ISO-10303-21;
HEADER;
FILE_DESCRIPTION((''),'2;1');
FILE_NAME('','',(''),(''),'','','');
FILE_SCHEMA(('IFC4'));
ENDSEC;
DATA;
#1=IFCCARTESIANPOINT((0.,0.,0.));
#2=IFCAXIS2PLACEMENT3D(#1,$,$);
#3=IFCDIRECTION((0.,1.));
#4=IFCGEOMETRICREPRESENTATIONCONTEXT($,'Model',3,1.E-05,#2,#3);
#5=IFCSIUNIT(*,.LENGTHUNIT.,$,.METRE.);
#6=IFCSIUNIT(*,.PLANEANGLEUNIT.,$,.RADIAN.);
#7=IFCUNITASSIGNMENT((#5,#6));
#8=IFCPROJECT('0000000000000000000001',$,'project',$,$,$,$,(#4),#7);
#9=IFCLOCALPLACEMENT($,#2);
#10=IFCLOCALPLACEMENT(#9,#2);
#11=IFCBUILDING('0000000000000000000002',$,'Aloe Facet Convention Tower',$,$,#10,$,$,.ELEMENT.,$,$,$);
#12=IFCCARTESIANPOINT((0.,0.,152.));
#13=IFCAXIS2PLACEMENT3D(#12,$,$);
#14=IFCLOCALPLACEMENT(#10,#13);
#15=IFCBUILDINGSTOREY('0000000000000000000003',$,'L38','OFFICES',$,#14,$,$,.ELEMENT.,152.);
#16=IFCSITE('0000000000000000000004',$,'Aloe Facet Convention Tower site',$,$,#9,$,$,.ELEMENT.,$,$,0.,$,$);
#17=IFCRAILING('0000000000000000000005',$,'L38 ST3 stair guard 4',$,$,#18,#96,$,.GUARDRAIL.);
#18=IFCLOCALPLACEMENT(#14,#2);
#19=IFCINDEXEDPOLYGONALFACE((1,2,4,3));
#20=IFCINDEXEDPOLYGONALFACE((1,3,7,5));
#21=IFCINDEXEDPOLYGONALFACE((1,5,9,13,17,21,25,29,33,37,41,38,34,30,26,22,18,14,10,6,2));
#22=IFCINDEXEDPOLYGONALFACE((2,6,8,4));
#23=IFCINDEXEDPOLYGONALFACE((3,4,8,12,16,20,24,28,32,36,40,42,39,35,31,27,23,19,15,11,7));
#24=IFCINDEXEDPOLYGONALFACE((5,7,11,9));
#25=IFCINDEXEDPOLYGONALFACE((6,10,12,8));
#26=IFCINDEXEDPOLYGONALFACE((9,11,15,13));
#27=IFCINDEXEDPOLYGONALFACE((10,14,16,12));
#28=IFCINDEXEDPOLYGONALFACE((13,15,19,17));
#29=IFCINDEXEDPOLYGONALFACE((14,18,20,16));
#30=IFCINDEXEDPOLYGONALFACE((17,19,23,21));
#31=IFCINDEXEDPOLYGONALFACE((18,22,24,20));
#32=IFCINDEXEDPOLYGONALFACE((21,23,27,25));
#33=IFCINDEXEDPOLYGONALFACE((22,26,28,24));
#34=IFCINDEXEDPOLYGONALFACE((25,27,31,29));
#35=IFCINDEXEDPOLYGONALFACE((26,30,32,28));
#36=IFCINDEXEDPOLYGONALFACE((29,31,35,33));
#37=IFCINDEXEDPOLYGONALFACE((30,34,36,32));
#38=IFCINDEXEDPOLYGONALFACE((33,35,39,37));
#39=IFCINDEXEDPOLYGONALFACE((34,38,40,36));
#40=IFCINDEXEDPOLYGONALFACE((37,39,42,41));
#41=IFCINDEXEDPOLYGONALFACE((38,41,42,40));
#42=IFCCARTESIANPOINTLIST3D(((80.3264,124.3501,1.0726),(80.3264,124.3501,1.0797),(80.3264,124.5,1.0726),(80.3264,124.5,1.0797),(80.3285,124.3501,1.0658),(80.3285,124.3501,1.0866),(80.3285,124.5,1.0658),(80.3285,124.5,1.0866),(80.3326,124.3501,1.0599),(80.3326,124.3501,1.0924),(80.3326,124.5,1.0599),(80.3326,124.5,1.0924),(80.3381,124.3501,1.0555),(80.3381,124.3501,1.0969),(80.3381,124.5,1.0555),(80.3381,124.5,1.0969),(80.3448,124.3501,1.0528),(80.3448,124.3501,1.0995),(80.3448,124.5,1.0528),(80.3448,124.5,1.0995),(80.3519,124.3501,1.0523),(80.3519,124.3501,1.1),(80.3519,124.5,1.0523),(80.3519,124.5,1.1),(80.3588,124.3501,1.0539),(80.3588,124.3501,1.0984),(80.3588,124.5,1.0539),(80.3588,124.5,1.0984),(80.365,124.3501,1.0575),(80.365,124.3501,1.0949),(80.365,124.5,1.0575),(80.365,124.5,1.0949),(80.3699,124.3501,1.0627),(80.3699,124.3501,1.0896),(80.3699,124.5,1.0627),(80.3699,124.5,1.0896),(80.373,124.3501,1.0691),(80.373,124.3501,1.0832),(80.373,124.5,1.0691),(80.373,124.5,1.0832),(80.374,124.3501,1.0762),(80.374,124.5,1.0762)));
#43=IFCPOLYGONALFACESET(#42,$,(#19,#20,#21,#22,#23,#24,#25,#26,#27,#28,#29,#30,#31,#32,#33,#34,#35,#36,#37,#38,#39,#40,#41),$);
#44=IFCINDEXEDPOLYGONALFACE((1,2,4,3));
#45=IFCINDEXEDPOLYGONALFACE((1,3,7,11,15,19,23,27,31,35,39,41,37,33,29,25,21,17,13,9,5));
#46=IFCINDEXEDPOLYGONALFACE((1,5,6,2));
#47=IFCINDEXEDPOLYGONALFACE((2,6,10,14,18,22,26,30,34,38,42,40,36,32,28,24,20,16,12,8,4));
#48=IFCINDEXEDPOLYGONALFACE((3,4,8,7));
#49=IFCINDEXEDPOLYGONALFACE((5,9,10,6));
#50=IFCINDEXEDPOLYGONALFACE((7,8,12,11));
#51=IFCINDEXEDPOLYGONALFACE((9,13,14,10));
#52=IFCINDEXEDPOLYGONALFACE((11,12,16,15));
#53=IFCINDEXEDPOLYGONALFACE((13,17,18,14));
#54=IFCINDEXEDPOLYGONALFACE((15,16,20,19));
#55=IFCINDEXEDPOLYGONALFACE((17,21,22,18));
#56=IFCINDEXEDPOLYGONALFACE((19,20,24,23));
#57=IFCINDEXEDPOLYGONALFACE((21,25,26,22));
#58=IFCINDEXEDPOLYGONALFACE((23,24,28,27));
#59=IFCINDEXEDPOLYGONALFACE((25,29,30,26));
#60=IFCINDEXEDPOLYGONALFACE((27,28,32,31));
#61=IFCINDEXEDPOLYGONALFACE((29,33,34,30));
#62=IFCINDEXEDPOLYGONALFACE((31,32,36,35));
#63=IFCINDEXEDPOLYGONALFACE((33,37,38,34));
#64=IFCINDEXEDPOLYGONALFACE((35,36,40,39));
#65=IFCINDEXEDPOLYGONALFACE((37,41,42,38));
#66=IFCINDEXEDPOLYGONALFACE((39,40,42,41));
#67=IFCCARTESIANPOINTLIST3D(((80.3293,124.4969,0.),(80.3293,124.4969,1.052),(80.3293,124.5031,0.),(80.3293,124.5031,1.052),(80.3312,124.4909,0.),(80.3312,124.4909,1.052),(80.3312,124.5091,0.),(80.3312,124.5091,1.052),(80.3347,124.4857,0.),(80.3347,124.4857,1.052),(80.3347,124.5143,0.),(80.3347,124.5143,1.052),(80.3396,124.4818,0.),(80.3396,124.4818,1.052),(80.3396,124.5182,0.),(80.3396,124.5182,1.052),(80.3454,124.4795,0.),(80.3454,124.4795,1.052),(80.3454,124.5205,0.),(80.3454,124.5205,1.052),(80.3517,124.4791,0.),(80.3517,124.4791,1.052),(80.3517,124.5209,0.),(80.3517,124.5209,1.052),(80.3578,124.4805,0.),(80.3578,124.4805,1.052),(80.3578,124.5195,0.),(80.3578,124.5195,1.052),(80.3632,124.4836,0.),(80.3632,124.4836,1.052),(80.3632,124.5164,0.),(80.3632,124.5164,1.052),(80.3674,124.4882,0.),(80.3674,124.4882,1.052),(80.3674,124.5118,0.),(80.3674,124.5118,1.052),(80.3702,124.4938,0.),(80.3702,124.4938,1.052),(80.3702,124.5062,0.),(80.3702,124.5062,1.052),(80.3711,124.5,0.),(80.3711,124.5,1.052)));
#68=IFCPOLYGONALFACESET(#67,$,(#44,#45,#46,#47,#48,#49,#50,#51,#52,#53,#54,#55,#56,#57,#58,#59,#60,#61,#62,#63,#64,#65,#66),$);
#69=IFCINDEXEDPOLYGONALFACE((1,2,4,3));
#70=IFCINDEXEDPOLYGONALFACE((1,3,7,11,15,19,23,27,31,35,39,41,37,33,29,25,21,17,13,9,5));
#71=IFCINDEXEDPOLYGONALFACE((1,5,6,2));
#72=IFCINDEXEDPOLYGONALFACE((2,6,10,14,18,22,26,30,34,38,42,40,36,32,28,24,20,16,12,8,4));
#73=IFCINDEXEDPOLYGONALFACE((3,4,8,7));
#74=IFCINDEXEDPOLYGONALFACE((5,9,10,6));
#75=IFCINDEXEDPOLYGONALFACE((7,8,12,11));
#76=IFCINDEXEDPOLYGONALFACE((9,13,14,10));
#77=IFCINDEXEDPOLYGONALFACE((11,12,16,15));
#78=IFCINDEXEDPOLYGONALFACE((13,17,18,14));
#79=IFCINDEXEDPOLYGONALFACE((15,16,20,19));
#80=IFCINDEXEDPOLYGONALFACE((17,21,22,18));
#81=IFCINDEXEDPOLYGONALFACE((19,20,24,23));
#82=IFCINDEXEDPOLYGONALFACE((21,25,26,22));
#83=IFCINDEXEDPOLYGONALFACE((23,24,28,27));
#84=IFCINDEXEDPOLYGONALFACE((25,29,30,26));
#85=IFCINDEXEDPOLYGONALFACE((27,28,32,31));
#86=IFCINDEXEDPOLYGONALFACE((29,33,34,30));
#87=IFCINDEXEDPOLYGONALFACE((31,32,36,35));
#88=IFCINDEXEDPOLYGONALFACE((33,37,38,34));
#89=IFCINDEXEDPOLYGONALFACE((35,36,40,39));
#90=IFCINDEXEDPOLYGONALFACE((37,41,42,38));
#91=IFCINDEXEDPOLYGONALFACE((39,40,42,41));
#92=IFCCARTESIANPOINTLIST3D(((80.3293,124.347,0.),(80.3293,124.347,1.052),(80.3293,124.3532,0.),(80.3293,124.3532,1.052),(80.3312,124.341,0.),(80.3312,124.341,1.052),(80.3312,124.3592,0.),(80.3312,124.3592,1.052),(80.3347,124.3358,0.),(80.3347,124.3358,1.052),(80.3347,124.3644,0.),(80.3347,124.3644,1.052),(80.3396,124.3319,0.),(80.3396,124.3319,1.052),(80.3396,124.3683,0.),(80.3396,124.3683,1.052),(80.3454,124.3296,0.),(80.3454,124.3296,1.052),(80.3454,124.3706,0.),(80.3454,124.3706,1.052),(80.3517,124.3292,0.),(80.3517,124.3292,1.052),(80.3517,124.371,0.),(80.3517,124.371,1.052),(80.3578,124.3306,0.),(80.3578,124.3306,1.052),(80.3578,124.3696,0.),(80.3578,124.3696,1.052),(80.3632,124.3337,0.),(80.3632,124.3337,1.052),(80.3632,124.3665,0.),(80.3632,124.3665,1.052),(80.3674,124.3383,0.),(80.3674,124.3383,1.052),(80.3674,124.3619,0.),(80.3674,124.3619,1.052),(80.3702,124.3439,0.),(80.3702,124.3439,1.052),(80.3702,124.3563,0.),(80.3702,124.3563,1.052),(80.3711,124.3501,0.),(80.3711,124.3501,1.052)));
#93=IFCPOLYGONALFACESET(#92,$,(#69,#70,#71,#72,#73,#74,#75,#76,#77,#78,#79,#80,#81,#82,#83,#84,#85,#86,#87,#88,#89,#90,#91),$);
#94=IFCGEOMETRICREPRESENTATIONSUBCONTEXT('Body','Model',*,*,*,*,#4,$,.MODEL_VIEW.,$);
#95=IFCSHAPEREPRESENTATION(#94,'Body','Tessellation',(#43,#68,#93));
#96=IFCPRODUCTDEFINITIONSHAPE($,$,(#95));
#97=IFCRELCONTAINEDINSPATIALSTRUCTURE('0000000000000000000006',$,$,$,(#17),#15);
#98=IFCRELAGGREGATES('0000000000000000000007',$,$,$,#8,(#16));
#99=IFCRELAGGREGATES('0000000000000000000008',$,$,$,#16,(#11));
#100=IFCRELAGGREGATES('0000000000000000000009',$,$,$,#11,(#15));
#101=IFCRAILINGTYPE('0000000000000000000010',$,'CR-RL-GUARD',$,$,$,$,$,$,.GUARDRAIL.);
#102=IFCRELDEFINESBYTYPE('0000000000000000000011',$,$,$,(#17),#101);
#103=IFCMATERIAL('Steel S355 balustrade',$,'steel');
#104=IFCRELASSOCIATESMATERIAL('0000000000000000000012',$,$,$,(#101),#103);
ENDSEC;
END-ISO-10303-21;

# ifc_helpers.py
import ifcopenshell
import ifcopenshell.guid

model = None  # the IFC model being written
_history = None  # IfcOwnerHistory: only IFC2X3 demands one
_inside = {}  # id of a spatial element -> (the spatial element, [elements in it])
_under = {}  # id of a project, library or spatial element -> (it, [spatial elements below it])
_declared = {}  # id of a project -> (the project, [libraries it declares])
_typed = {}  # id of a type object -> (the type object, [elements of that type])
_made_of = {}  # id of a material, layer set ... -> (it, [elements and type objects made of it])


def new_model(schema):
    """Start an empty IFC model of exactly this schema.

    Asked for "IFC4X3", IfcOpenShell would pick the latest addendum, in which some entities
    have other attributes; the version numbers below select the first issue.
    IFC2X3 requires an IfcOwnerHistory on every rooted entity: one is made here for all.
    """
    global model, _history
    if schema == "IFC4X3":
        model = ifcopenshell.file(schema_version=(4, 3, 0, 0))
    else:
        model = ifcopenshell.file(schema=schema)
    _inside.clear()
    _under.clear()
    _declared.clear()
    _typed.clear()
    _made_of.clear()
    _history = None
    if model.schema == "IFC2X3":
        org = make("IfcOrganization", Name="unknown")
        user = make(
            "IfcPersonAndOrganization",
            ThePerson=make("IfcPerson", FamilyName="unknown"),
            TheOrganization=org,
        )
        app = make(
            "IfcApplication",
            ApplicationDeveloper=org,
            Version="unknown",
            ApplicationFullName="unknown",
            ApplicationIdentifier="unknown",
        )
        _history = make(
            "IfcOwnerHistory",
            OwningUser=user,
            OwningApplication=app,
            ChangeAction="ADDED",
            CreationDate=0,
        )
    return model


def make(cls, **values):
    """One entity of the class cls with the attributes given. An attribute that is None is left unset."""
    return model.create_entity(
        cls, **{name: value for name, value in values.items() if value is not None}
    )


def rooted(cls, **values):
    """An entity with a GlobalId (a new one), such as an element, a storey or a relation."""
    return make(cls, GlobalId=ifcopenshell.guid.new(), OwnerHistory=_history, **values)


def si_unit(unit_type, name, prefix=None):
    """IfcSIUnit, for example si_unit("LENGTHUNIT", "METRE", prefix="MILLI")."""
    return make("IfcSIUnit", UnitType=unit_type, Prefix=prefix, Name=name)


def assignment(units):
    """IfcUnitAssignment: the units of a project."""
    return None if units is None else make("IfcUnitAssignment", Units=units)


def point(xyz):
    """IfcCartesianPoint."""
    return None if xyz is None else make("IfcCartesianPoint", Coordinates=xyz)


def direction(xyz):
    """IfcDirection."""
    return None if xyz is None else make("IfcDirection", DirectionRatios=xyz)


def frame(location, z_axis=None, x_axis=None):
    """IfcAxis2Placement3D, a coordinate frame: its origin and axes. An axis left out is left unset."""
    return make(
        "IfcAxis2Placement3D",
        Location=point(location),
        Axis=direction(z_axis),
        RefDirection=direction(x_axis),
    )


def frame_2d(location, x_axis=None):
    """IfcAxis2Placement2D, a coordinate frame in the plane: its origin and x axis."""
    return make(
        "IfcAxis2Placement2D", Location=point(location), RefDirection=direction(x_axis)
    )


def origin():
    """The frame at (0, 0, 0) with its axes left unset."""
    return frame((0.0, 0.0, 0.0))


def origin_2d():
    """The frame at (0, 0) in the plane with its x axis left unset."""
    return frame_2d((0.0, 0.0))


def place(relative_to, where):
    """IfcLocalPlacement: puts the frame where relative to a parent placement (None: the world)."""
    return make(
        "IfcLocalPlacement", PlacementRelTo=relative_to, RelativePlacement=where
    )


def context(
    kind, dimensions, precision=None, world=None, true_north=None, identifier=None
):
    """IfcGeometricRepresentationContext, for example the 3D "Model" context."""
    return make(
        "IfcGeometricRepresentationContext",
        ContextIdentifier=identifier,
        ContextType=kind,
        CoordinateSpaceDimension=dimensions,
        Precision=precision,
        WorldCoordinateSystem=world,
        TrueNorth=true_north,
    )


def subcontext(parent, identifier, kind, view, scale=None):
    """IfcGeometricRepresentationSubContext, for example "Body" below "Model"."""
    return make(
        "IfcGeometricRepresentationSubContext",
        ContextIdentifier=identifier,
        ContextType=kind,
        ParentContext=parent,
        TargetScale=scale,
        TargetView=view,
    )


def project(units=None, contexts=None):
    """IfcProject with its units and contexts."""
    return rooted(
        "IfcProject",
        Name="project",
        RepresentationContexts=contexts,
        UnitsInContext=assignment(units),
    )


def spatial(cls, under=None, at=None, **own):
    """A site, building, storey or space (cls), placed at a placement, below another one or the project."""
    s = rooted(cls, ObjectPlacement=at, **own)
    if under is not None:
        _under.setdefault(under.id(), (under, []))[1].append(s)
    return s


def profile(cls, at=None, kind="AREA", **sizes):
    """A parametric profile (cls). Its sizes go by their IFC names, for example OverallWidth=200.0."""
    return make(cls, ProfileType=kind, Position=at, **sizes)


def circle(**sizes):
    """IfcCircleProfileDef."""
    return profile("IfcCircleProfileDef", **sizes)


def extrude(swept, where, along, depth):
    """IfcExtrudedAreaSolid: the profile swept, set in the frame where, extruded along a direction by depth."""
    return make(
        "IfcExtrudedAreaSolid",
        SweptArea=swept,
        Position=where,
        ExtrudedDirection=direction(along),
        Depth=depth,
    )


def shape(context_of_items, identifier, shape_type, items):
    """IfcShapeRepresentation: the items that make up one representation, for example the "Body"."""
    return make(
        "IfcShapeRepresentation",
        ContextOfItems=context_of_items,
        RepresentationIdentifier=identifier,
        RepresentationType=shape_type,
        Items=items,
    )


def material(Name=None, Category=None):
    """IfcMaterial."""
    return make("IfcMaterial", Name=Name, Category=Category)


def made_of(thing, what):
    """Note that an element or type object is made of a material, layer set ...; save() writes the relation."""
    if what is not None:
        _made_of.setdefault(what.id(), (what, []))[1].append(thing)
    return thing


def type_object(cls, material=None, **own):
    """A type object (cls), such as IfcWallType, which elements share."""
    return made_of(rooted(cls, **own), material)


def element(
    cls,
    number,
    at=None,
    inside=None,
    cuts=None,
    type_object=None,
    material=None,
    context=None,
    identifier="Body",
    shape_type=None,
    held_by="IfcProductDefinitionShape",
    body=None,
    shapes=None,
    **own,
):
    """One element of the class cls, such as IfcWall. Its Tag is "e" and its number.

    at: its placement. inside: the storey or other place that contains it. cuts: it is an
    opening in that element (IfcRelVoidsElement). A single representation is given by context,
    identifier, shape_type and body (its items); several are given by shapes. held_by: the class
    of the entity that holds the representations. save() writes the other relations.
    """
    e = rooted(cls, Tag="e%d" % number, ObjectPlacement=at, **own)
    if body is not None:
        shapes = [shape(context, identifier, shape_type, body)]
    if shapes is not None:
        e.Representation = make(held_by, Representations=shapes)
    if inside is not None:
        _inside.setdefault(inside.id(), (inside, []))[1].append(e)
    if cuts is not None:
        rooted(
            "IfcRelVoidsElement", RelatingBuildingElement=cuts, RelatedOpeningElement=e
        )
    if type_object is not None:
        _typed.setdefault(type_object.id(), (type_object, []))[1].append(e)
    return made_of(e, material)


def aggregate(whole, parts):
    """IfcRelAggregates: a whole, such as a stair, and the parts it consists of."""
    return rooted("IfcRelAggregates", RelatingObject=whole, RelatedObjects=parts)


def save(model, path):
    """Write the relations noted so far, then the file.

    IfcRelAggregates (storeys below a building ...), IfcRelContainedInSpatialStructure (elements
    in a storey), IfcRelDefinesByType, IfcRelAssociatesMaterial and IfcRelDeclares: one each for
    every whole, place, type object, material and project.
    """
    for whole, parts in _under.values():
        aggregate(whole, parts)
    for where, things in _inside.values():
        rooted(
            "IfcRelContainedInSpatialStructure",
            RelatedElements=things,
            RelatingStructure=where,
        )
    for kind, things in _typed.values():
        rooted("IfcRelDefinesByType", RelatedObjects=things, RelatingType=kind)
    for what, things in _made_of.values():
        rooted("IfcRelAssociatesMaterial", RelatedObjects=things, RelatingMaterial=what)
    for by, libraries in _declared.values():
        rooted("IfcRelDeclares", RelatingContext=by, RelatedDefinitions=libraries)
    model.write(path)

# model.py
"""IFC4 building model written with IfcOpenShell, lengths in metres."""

from ifc_helpers import new_model, si_unit, direction, frame, origin, origin_2d, place, context, subcontext, project, spatial, circle, extrude, material, type_object, element, save


model = new_model("IFC4")

# Units and contexts
model_context = context("Model", 3, precision=1e-05, world=origin(), true_north=direction((0.0, 1.0)))
body_context = subcontext(model_context, "Body", "Model", "MODEL_VIEW")
ifc_project = project(units=[si_unit("LENGTHUNIT", "METRE"), si_unit("PLANEANGLEUNIT", "RADIAN")], contexts=[model_context])

# Site, building, storey
site_placement = place(None, origin())
site = spatial("IfcSite", under=ifc_project, at=site_placement, Name="Aloe Facet Convention Tower site", CompositionType="ELEMENT", RefElevation=0.0)
building_placement = place(site_placement, origin())
building = spatial("IfcBuilding", under=site, at=building_placement, Name="Aloe Facet Convention Tower", CompositionType="ELEMENT")
storey_placement = place(building_placement, frame((0.0, 0.0, 152.0)))
storey = spatial("IfcBuildingStorey", under=building, at=storey_placement, Name="L38", Description="OFFICES", CompositionType="ELEMENT", Elevation=152.0)

# Railing
ifc_material_1 = material(Name="Steel S355 balustrade", Category="steel")
railing_type_1 = type_object("IfcRailingType", Name="CR-RL-GUARD", PredefinedType="GUARDRAIL", material=ifc_material_1)
railing_1_placement = place(storey_placement, frame((80.3501, 124.5, 0.0)))
element("IfcRailing", 1, at=railing_1_placement, inside=storey, type_object=railing_type_1, Name="L38 ST3 stair guard 4", PredefinedType="GUARDRAIL", context=body_context, shape_type="SweptSolid", body=[
    extrude(circle(Radius=0.0239, at=origin_2d()), frame((0.0, 0.0, 1.0762), z_axis=(0.0, -1.0, 0.0), x_axis=(1.0, 0.0, 0.0)), (0.0, 0.0, 1.0), 0.1499),
    extrude(circle(Radius=0.021, at=origin_2d()), origin(), (0.0, 0.0, 1.0), 1.052),
    extrude(circle(Radius=0.021, at=origin_2d()), frame((0.0, -0.1499, 0.0)), (0.0, 0.0, 1.0), 1.052),
])

save(model, "model.ifc")
